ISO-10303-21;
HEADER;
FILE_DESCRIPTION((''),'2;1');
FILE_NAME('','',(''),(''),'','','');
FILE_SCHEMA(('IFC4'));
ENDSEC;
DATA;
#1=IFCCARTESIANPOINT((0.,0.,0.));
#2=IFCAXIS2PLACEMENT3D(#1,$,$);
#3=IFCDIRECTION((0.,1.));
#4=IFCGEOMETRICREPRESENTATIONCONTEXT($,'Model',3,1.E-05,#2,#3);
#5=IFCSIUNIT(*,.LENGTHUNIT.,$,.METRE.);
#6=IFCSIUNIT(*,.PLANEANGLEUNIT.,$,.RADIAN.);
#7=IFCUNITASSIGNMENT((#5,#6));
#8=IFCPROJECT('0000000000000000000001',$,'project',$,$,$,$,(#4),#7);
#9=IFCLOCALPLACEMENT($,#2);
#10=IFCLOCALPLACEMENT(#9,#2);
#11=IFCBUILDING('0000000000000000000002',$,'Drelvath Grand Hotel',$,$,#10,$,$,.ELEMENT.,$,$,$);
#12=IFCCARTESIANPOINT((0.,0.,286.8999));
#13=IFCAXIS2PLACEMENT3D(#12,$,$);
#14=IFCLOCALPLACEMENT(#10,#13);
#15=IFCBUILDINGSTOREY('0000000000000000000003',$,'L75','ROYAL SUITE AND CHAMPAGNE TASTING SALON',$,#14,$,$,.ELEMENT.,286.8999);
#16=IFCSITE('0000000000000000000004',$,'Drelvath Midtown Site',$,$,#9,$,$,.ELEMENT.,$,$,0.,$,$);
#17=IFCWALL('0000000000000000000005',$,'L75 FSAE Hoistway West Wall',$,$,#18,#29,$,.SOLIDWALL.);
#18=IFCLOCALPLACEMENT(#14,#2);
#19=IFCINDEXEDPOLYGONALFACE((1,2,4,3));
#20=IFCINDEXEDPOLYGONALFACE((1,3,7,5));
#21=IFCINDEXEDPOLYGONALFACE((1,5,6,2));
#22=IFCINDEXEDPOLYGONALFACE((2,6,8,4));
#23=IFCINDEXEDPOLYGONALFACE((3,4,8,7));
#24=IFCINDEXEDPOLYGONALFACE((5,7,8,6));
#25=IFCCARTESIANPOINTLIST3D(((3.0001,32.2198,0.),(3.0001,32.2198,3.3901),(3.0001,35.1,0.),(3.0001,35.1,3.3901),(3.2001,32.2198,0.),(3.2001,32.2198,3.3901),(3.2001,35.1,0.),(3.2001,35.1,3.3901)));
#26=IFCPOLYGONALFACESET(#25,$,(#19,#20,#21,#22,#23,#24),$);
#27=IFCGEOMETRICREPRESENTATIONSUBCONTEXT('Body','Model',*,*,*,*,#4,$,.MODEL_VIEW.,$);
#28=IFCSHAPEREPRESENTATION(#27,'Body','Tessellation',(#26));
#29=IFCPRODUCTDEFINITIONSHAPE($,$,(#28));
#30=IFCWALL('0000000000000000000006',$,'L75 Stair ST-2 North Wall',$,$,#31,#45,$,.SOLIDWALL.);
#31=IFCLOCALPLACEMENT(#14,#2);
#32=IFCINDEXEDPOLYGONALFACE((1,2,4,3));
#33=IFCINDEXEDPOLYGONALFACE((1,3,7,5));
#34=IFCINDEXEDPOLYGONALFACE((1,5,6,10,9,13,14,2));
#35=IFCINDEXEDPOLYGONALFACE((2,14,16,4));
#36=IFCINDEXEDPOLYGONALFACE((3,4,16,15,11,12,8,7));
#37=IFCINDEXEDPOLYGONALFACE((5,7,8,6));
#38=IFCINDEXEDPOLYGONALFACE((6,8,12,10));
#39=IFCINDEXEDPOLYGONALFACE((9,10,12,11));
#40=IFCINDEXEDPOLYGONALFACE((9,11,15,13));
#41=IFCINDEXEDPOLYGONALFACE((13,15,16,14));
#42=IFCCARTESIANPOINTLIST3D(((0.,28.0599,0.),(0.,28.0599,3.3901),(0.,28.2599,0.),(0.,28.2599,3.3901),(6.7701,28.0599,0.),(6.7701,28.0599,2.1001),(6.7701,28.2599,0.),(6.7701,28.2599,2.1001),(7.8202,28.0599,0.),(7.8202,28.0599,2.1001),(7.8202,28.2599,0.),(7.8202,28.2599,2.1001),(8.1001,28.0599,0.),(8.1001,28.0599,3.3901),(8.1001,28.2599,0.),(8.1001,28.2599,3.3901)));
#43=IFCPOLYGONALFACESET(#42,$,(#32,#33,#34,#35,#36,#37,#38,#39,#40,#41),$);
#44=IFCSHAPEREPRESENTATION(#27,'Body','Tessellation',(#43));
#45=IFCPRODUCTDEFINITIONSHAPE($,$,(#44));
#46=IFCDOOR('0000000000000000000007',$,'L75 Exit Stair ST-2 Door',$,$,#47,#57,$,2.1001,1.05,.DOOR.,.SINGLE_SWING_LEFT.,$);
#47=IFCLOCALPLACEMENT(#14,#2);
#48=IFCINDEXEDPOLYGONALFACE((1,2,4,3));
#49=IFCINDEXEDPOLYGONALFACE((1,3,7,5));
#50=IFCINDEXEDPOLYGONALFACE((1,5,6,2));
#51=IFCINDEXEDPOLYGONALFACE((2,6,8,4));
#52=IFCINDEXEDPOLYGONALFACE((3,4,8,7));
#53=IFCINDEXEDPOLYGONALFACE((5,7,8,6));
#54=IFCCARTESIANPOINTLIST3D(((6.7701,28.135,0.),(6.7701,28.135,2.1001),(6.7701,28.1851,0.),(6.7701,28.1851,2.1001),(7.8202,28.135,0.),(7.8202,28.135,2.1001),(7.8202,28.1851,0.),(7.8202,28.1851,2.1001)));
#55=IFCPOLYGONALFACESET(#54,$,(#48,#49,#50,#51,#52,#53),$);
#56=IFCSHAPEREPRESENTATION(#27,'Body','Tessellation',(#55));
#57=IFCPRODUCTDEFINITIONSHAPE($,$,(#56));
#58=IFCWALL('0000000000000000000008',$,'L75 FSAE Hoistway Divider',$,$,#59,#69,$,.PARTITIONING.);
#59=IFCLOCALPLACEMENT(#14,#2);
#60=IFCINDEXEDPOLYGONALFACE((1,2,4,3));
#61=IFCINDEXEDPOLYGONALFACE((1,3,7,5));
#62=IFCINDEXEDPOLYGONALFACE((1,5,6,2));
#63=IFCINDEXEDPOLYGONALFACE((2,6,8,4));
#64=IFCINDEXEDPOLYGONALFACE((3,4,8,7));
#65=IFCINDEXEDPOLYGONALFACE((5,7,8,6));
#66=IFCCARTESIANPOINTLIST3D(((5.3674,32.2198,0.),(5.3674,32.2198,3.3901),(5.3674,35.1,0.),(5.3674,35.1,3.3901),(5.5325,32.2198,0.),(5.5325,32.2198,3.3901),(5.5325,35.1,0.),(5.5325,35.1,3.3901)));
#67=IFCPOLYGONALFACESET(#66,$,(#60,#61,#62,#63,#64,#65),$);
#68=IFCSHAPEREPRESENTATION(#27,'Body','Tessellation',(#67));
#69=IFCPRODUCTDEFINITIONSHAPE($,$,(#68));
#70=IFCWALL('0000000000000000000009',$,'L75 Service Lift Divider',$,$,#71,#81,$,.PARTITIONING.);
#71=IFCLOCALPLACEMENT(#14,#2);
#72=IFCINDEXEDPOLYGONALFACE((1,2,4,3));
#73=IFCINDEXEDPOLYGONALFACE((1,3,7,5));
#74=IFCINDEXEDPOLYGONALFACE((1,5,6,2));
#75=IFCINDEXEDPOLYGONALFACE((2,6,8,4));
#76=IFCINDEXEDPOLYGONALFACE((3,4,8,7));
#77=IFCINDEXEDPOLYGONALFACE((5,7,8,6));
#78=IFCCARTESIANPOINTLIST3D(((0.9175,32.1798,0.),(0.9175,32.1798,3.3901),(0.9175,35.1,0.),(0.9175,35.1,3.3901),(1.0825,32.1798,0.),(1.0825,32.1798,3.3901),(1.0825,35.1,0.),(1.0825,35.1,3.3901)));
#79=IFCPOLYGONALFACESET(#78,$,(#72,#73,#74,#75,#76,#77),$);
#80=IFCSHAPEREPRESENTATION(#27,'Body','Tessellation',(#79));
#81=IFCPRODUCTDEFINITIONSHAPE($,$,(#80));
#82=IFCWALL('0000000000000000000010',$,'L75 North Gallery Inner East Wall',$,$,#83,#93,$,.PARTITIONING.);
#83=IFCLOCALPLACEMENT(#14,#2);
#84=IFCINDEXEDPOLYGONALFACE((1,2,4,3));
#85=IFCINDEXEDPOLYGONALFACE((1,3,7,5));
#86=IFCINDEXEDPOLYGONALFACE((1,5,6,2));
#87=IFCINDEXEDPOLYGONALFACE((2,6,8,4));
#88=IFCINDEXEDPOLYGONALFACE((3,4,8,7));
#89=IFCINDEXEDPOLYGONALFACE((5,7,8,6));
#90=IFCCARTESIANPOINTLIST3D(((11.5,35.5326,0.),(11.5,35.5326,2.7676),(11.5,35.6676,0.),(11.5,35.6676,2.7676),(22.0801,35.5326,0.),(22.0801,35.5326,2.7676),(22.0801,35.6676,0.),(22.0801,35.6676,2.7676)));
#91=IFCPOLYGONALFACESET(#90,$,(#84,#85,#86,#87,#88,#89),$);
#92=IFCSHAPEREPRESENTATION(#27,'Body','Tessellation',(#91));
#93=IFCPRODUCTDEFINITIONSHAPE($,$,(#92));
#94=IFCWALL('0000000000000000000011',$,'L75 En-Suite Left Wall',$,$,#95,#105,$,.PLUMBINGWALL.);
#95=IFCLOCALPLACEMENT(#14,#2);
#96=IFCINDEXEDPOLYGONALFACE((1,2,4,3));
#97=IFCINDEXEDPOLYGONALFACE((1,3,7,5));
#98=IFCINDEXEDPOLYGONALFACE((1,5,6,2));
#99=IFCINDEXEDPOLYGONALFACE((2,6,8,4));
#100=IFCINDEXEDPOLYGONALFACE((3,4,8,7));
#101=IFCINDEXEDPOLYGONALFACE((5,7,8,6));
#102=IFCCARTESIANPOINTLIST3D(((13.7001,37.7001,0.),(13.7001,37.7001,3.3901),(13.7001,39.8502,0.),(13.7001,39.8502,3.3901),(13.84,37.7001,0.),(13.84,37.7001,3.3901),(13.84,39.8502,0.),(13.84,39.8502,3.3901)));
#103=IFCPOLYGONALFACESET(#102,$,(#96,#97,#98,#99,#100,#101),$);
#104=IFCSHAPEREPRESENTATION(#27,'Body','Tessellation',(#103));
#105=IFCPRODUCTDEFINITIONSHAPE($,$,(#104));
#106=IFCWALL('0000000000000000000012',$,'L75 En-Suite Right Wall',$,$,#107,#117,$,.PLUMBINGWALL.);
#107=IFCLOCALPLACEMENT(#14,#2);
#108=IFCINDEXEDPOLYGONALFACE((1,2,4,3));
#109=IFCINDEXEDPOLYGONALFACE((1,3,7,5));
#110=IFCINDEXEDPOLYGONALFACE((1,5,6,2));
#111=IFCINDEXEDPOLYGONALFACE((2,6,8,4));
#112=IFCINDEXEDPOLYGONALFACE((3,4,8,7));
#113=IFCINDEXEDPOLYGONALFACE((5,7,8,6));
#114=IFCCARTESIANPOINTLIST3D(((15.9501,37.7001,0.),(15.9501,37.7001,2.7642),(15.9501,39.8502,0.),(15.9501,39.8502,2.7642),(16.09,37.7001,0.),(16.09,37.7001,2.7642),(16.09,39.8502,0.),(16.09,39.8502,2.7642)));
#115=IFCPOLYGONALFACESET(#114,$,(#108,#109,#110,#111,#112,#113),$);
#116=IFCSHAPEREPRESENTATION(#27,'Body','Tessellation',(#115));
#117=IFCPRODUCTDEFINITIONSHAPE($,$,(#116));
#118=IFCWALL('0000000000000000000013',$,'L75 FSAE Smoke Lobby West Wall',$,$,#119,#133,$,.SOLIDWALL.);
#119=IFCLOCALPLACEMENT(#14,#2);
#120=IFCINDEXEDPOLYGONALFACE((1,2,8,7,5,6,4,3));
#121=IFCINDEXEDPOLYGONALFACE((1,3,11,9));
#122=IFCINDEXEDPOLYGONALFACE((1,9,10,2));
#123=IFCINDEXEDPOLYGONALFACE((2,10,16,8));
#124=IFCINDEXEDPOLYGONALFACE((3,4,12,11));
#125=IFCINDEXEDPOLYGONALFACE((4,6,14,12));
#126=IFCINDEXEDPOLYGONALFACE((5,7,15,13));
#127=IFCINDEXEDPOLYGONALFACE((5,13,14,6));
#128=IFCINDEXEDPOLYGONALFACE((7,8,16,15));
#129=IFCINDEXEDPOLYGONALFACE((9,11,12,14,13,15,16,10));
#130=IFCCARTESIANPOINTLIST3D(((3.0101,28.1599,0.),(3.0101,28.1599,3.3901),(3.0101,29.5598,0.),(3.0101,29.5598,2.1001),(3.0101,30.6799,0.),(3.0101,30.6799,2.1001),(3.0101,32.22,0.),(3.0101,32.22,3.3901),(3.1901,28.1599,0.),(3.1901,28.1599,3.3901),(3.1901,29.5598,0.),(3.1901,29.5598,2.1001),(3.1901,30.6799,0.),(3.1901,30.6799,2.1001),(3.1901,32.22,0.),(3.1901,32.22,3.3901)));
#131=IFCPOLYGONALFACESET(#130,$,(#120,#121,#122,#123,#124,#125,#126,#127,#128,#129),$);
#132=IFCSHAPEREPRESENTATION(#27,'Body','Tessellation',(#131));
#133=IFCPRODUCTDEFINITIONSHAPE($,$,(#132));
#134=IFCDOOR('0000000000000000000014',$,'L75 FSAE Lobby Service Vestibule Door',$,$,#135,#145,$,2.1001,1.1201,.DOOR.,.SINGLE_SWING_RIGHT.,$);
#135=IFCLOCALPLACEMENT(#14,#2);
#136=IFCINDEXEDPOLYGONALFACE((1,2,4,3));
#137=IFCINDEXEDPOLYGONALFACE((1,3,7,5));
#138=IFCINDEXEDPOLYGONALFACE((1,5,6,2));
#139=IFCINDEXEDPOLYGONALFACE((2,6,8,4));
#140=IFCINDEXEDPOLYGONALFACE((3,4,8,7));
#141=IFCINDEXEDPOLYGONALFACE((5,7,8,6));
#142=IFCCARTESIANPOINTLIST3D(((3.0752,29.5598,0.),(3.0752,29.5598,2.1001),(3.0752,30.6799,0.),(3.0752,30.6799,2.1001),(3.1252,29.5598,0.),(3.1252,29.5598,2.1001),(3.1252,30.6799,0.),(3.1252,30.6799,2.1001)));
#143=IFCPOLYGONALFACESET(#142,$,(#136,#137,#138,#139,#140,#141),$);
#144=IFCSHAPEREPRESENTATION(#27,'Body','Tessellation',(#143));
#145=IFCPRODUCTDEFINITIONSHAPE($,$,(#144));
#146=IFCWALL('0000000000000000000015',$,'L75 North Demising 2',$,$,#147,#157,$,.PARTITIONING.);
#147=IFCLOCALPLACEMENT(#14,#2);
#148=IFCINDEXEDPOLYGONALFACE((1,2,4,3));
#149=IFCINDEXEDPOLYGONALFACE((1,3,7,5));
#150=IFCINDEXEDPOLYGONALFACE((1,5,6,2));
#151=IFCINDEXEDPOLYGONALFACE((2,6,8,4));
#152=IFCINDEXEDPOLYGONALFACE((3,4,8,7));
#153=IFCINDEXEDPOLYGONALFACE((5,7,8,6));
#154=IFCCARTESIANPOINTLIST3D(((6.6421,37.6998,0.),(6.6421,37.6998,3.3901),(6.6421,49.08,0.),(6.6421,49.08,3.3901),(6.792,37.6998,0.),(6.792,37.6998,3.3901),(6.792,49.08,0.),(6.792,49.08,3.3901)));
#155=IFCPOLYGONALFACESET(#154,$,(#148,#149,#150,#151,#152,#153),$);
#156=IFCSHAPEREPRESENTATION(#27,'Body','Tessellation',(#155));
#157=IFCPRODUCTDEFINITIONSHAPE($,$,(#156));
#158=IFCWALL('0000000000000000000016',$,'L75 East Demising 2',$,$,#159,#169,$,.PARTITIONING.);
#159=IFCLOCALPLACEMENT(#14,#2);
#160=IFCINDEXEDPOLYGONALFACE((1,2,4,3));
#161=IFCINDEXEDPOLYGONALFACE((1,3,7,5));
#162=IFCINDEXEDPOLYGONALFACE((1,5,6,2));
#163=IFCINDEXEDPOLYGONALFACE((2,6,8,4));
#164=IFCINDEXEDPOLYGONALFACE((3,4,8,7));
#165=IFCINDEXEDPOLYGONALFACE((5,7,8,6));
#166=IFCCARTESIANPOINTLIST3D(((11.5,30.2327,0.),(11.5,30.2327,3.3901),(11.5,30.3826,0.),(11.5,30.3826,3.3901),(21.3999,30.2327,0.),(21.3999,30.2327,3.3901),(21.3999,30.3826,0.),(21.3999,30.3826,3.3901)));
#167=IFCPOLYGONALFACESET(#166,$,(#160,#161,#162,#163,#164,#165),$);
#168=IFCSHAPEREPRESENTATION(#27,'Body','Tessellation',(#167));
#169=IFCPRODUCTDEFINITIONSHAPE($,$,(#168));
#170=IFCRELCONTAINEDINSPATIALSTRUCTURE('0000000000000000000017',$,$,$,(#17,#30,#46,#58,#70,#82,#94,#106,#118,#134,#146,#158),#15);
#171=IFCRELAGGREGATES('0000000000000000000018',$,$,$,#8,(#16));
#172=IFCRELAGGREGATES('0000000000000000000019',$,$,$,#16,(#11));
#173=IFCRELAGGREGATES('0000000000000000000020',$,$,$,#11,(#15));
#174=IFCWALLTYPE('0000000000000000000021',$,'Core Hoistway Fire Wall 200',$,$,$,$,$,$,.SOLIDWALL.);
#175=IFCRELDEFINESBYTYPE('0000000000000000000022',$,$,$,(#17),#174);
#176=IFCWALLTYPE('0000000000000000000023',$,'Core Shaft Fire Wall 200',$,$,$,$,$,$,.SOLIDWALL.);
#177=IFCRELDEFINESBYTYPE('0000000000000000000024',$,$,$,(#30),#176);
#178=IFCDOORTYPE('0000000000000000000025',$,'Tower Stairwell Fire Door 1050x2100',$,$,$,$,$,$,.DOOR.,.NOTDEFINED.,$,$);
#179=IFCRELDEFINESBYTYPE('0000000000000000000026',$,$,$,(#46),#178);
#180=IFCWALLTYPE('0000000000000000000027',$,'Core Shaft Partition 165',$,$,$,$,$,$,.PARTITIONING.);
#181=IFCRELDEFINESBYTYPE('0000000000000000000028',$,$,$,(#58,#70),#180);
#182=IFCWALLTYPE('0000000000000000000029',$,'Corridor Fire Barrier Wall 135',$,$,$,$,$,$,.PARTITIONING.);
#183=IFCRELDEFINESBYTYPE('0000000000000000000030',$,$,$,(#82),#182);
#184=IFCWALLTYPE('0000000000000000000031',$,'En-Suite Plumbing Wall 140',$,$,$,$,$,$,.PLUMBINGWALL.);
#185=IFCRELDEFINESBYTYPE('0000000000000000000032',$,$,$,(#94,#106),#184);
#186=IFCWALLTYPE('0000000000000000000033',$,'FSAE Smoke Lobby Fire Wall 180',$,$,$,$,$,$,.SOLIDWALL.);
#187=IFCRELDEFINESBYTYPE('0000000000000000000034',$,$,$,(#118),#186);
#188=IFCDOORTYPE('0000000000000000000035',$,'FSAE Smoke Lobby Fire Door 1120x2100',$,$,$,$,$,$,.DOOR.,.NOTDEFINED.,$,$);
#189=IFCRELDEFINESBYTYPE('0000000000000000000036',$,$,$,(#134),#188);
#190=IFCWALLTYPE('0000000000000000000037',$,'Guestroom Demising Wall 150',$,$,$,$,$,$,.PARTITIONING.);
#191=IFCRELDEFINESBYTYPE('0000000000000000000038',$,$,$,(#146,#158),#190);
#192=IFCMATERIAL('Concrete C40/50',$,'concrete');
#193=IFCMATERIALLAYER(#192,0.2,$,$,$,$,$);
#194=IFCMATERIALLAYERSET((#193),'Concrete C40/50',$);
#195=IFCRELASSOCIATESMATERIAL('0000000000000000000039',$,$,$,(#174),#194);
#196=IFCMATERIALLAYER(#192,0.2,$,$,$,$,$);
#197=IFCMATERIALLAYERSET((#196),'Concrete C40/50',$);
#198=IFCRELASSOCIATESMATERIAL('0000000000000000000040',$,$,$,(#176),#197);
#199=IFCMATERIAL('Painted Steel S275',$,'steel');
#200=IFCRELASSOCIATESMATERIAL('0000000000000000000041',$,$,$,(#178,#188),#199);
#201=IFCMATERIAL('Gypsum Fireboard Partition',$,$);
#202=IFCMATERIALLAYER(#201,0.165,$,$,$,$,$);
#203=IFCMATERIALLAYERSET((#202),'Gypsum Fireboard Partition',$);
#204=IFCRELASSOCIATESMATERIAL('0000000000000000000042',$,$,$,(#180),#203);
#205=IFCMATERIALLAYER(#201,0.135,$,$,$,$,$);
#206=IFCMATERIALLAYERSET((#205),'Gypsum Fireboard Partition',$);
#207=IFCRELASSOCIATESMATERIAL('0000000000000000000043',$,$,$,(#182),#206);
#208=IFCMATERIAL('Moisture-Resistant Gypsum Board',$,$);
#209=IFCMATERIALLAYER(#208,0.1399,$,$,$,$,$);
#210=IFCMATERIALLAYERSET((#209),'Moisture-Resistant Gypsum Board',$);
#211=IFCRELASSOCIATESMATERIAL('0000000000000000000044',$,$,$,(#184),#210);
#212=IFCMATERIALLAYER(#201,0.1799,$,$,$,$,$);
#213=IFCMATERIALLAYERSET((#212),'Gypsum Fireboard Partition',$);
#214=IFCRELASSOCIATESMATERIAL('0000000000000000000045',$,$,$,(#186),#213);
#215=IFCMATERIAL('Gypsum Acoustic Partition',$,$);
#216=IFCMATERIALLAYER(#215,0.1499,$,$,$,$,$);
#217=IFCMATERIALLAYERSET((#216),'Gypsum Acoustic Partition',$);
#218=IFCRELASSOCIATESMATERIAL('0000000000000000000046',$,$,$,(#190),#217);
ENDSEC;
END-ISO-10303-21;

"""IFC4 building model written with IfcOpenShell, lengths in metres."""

from ifc_helpers import new_model, si_unit, direction, frame, frame_2d, origin, place, context, subcontext, project, spatial, rectangle, extrude, material, layer, layer_set, type_object, element, fill, save


model = new_model("IFC4")

# Units and contexts
model_context = context("Model", 3, precision=1e-05, world=origin(), true_north=direction((0.0, 1.0)))
body_context = subcontext(model_context, "Body", "Model", "MODEL_VIEW")
ifc_project = project(units=[si_unit("LENGTHUNIT", "METRE"), si_unit("PLANEANGLEUNIT", "RADIAN")], contexts=[model_context])

# Site, building, storey
site_placement = place(None, origin())
site = spatial("IfcSite", under=ifc_project, at=site_placement, Name="Drelvath Midtown Site", CompositionType="ELEMENT", RefElevation=0.0)
building_placement = place(site_placement, origin())
building = spatial("IfcBuilding", under=site, at=building_placement, Name="Drelvath Grand Hotel", CompositionType="ELEMENT")
storey_placement = place(building_placement, frame((0.0, 0.0, 286.8999)))
storey = spatial("IfcBuildingStorey", under=building, at=storey_placement, Name="L75", Description="ROYAL SUITE AND CHAMPAGNE TASTING SALON", CompositionType="ELEMENT", Elevation=286.8999)

# Shared definitions
ifc_material_1 = material(Name="Concrete C40/50", Category="concrete")
ifc_layer_1 = layer(ifc_material_1, 0.2)
ifc_layer_set_1 = layer_set([ifc_layer_1], Name="Concrete C40/50")
wall_type_1 = type_object("IfcWallType", Name="Core Hoistway Fire Wall 200", PredefinedType="SOLIDWALL", material=ifc_layer_set_1)

# Wall
wall_1_placement = place(storey_placement, frame((3.1001, 32.22, 0.0), z_axis=(0.0, 0.0, 1.0), x_axis=(0.0, 1.0, 0.0)))
element("IfcWall", 1, at=wall_1_placement, inside=storey, type_object=wall_type_1, Name="L75 FSAE Hoistway West Wall", PredefinedType="SOLIDWALL", context=body_context, shape_type="SweptSolid", body=[
    extrude(rectangle(XDim=2.8801, YDim=0.2, at=frame_2d((1.4399, 0.0))), origin(), (0.0, 0.0, 1.0), 3.3901),
])

# Wall, opening, door
ifc_layer_2 = layer(ifc_material_1, 0.2)
ifc_layer_set_2 = layer_set([ifc_layer_2], Name="Concrete C40/50")
wall_type_2 = type_object("IfcWallType", Name="Core Shaft Fire Wall 200", PredefinedType="SOLIDWALL", material=ifc_layer_set_2)
wall_2_placement = place(storey_placement, frame((8.1001, 28.1599, 0.0), z_axis=(0.0, 0.0, 1.0), x_axis=(-1.0, 0.0, 0.0)))
wall_2 = element("IfcWall", 2, at=wall_2_placement, inside=storey, type_object=wall_type_2, Name="L75 Stair ST-2 North Wall", PredefinedType="SOLIDWALL", context=body_context, shape_type="SweptSolid", body=[
    extrude(rectangle(XDim=8.1001, YDim=0.2, at=frame_2d((4.05, 0.0))), origin(), (0.0, 0.0, 1.0), 3.3901),
])
opening_1_placement = place(wall_2_placement, frame((0.28, 0.0, 0.0)))
opening_1 = element("IfcOpeningElement", 3, at=opening_1_placement, cuts=wall_2, PredefinedType="OPENING", context=body_context, shape_type="SweptSolid", body=[
    extrude(rectangle(XDim=1.05, YDim=2.1001, at=frame_2d((0.5249, 1.05))), frame((0.0, 0.1099, 0.0), z_axis=(0.0, -1.0, 0.0), x_axis=(1.0, 0.0, 0.0)), (0.0, 0.0, 1.0), 0.22),
])
ifc_material_2 = material(Name="Painted Steel S275", Category="steel")
door_type_1 = type_object("IfcDoorType", Name="Tower Stairwell Fire Door 1050x2100", OperationType="NOTDEFINED", PredefinedType="DOOR", material=ifc_material_2)
door_1_placement = place(opening_1_placement, origin())
door_1 = element("IfcDoor", 4, at=door_1_placement, inside=storey, type_object=door_type_1, Name="L75 Exit Stair ST-2 Door", OperationType="SINGLE_SWING_LEFT", OverallHeight=2.1001, OverallWidth=1.05, PredefinedType="DOOR", context=body_context, shape_type="SweptSolid", body=[
    extrude(rectangle(XDim=1.05, YDim=2.1001, at=frame_2d((0.5249, 1.05))), frame((0.0, 0.0249, 0.0), z_axis=(0.0, -1.0, 0.0), x_axis=(1.0, 0.0, 0.0)), (0.0, 0.0, 1.0), 0.05),
])
fill(opening_1, door_1)

# Walls
ifc_material_3 = material(Name="Gypsum Fireboard Partition")
ifc_layer_3 = layer(ifc_material_3, 0.165)
ifc_layer_set_3 = layer_set([ifc_layer_3], Name="Gypsum Fireboard Partition")
wall_type_3 = type_object("IfcWallType", Name="Core Shaft Partition 165", PredefinedType="PARTITIONING", material=ifc_layer_set_3)
wall_3_placement = place(storey_placement, frame((5.45, 32.22, 0.0), z_axis=(0.0, 0.0, 1.0), x_axis=(0.0, 1.0, 0.0)))
element("IfcWall", 5, at=wall_3_placement, inside=storey, type_object=wall_type_3, Name="L75 FSAE Hoistway Divider", PredefinedType="PARTITIONING", context=body_context, shape_type="SweptSolid", body=[
    extrude(rectangle(XDim=2.8801, YDim=0.165, at=frame_2d((1.4399, 0.0))), origin(), (0.0, 0.0, 1.0), 3.3901),
])
wall_4_placement = place(storey_placement, frame((1.0, 32.1799, 0.0), z_axis=(0.0, 0.0, 1.0), x_axis=(0.0, 1.0, 0.0)))
element("IfcWall", 6, at=wall_4_placement, inside=storey, type_object=wall_type_3, Name="L75 Service Lift Divider", PredefinedType="PARTITIONING", context=body_context, shape_type="SweptSolid", body=[
    extrude(rectangle(XDim=2.9202, YDim=0.165, at=frame_2d((1.46, 0.0))), origin(), (0.0, 0.0, 1.0), 3.3901),
])
ifc_layer_4 = layer(ifc_material_3, 0.135)
ifc_layer_set_4 = layer_set([ifc_layer_4], Name="Gypsum Fireboard Partition")
wall_type_4 = type_object("IfcWallType", Name="Corridor Fire Barrier Wall 135", PredefinedType="PARTITIONING", material=ifc_layer_set_4)
wall_5_placement = place(storey_placement, frame((11.5, 35.6001, 0.0), z_axis=(0.0, 0.0, 1.0), x_axis=(1.0, 0.0, 0.0)))
element("IfcWall", 7, at=wall_5_placement, inside=storey, type_object=wall_type_4, Name="L75 North Gallery Inner East Wall", PredefinedType="PARTITIONING", context=body_context, shape_type="SweptSolid", body=[
    extrude(rectangle(XDim=10.5801, YDim=0.135, at=frame_2d((5.29, 0.0))), origin(), (0.0, 0.0, 1.0), 2.7676),
])
ifc_material_4 = material(Name="Moisture-Resistant Gypsum Board")
ifc_layer_5 = layer(ifc_material_4, 0.1399)
ifc_layer_set_5 = layer_set([ifc_layer_5], Name="Moisture-Resistant Gypsum Board")
wall_type_5 = type_object("IfcWallType", Name="En-Suite Plumbing Wall 140", PredefinedType="PLUMBINGWALL", material=ifc_layer_set_5)
wall_6_placement = place(storey_placement, frame((13.77, 37.7, 0.0), z_axis=(0.0, 0.0, 1.0), x_axis=(0.0, 1.0, 0.0)))
element("IfcWall", 8, at=wall_6_placement, inside=storey, type_object=wall_type_5, Name="L75 En-Suite Left Wall", PredefinedType="PLUMBINGWALL", context=body_context, shape_type="SweptSolid", body=[
    extrude(rectangle(XDim=2.1501, YDim=0.1399, at=frame_2d((1.0752, 0.0))), origin(), (0.0, 0.0, 1.0), 3.3901),
])
wall_7_placement = place(storey_placement, frame((16.02, 37.7, 0.0), z_axis=(0.0, 0.0, 1.0), x_axis=(0.0, 1.0, 0.0)))
element("IfcWall", 9, at=wall_7_placement, inside=storey, type_object=wall_type_5, Name="L75 En-Suite Right Wall", PredefinedType="PLUMBINGWALL", context=body_context, shape_type="SweptSolid", body=[
    extrude(rectangle(XDim=2.1501, YDim=0.1399, at=frame_2d((1.0752, 0.0))), origin(), (0.0, 0.0, 1.0), 2.7642),
])

# Wall, opening, door
ifc_layer_6 = layer(ifc_material_3, 0.1799)
ifc_layer_set_6 = layer_set([ifc_layer_6], Name="Gypsum Fireboard Partition")
wall_type_6 = type_object("IfcWallType", Name="FSAE Smoke Lobby Fire Wall 180", PredefinedType="SOLIDWALL", material=ifc_layer_set_6)
wall_8_placement = place(storey_placement, frame((3.1001, 28.1599, 0.0), z_axis=(0.0, 0.0, 1.0), x_axis=(0.0, 1.0, 0.0)))
wall_8 = element("IfcWall", 10, at=wall_8_placement, inside=storey, type_object=wall_type_6, Name="L75 FSAE Smoke Lobby West Wall", PredefinedType="SOLIDWALL", context=body_context, shape_type="SweptSolid", body=[
    extrude(rectangle(XDim=4.0601, YDim=0.1799, at=frame_2d((2.03, 0.0))), origin(), (0.0, 0.0, 1.0), 3.3901),
])
opening_2_placement = place(wall_8_placement, frame((1.3999, 0.0, 0.0)))
opening_2 = element("IfcOpeningElement", 11, at=opening_2_placement, cuts=wall_8, PredefinedType="OPENING", context=body_context, shape_type="SweptSolid", body=[
    extrude(rectangle(XDim=1.1201, YDim=2.1001, at=frame_2d((0.5601, 1.05))), frame((0.0, 0.0999, 0.0), z_axis=(0.0, -1.0, 0.0), x_axis=(1.0, 0.0, 0.0)), (0.0, 0.0, 1.0), 0.2),
])
door_type_2 = type_object("IfcDoorType", Name="FSAE Smoke Lobby Fire Door 1120x2100", OperationType="NOTDEFINED", PredefinedType="DOOR", material=ifc_material_2)
door_2_placement = place(opening_2_placement, origin())
door_2 = element("IfcDoor", 12, at=door_2_placement, inside=storey, type_object=door_type_2, Name="L75 FSAE Lobby Service Vestibule Door", OperationType="SINGLE_SWING_RIGHT", OverallHeight=2.1001, OverallWidth=1.1201, PredefinedType="DOOR", context=body_context, shape_type="SweptSolid", body=[
    extrude(rectangle(XDim=1.1201, YDim=2.1001, at=frame_2d((0.5601, 1.05))), frame((0.0, 0.0249, 0.0), z_axis=(0.0, -1.0, 0.0), x_axis=(1.0, 0.0, 0.0)), (0.0, 0.0, 1.0), 0.05),
])
fill(opening_2, door_2)

# Walls
ifc_material_5 = material(Name="Gypsum Acoustic Partition")
ifc_layer_7 = layer(ifc_material_5, 0.1499)
ifc_layer_set_7 = layer_set([ifc_layer_7], Name="Gypsum Acoustic Partition")
wall_type_7 = type_object("IfcWallType", Name="Guestroom Demising Wall 150", PredefinedType="PARTITIONING", material=ifc_layer_set_7)
wall_9_placement = place(storey_placement, frame((6.717, 37.7, 0.0), z_axis=(0.0, 0.0, 1.0), x_axis=(0.0, 1.0, 0.0)))
element("IfcWall", 13, at=wall_9_placement, inside=storey, type_object=wall_type_7, Name="L75 North Demising 2", PredefinedType="PARTITIONING", context=body_context, shape_type="SweptSolid", body=[
    extrude(rectangle(XDim=11.3801, YDim=0.1499, at=frame_2d((5.6899, 0.0))), origin(), (0.0, 0.0, 1.0), 3.3901),
])
wall_10_placement = place(storey_placement, frame((11.5, 30.3076, 0.0), z_axis=(0.0, 0.0, 1.0), x_axis=(1.0, 0.0, 0.0)))
element("IfcWall", 14, at=wall_10_placement, inside=storey, type_object=wall_type_7, Name="L75 East Demising 2", PredefinedType="PARTITIONING", context=body_context, shape_type="SweptSolid", body=[
    extrude(rectangle(XDim=9.8999, YDim=0.1499, at=frame_2d((4.95, 0.0))), origin(), (0.0, 0.0, 1.0), 3.3901),
])

save(model, "model.ifc")
